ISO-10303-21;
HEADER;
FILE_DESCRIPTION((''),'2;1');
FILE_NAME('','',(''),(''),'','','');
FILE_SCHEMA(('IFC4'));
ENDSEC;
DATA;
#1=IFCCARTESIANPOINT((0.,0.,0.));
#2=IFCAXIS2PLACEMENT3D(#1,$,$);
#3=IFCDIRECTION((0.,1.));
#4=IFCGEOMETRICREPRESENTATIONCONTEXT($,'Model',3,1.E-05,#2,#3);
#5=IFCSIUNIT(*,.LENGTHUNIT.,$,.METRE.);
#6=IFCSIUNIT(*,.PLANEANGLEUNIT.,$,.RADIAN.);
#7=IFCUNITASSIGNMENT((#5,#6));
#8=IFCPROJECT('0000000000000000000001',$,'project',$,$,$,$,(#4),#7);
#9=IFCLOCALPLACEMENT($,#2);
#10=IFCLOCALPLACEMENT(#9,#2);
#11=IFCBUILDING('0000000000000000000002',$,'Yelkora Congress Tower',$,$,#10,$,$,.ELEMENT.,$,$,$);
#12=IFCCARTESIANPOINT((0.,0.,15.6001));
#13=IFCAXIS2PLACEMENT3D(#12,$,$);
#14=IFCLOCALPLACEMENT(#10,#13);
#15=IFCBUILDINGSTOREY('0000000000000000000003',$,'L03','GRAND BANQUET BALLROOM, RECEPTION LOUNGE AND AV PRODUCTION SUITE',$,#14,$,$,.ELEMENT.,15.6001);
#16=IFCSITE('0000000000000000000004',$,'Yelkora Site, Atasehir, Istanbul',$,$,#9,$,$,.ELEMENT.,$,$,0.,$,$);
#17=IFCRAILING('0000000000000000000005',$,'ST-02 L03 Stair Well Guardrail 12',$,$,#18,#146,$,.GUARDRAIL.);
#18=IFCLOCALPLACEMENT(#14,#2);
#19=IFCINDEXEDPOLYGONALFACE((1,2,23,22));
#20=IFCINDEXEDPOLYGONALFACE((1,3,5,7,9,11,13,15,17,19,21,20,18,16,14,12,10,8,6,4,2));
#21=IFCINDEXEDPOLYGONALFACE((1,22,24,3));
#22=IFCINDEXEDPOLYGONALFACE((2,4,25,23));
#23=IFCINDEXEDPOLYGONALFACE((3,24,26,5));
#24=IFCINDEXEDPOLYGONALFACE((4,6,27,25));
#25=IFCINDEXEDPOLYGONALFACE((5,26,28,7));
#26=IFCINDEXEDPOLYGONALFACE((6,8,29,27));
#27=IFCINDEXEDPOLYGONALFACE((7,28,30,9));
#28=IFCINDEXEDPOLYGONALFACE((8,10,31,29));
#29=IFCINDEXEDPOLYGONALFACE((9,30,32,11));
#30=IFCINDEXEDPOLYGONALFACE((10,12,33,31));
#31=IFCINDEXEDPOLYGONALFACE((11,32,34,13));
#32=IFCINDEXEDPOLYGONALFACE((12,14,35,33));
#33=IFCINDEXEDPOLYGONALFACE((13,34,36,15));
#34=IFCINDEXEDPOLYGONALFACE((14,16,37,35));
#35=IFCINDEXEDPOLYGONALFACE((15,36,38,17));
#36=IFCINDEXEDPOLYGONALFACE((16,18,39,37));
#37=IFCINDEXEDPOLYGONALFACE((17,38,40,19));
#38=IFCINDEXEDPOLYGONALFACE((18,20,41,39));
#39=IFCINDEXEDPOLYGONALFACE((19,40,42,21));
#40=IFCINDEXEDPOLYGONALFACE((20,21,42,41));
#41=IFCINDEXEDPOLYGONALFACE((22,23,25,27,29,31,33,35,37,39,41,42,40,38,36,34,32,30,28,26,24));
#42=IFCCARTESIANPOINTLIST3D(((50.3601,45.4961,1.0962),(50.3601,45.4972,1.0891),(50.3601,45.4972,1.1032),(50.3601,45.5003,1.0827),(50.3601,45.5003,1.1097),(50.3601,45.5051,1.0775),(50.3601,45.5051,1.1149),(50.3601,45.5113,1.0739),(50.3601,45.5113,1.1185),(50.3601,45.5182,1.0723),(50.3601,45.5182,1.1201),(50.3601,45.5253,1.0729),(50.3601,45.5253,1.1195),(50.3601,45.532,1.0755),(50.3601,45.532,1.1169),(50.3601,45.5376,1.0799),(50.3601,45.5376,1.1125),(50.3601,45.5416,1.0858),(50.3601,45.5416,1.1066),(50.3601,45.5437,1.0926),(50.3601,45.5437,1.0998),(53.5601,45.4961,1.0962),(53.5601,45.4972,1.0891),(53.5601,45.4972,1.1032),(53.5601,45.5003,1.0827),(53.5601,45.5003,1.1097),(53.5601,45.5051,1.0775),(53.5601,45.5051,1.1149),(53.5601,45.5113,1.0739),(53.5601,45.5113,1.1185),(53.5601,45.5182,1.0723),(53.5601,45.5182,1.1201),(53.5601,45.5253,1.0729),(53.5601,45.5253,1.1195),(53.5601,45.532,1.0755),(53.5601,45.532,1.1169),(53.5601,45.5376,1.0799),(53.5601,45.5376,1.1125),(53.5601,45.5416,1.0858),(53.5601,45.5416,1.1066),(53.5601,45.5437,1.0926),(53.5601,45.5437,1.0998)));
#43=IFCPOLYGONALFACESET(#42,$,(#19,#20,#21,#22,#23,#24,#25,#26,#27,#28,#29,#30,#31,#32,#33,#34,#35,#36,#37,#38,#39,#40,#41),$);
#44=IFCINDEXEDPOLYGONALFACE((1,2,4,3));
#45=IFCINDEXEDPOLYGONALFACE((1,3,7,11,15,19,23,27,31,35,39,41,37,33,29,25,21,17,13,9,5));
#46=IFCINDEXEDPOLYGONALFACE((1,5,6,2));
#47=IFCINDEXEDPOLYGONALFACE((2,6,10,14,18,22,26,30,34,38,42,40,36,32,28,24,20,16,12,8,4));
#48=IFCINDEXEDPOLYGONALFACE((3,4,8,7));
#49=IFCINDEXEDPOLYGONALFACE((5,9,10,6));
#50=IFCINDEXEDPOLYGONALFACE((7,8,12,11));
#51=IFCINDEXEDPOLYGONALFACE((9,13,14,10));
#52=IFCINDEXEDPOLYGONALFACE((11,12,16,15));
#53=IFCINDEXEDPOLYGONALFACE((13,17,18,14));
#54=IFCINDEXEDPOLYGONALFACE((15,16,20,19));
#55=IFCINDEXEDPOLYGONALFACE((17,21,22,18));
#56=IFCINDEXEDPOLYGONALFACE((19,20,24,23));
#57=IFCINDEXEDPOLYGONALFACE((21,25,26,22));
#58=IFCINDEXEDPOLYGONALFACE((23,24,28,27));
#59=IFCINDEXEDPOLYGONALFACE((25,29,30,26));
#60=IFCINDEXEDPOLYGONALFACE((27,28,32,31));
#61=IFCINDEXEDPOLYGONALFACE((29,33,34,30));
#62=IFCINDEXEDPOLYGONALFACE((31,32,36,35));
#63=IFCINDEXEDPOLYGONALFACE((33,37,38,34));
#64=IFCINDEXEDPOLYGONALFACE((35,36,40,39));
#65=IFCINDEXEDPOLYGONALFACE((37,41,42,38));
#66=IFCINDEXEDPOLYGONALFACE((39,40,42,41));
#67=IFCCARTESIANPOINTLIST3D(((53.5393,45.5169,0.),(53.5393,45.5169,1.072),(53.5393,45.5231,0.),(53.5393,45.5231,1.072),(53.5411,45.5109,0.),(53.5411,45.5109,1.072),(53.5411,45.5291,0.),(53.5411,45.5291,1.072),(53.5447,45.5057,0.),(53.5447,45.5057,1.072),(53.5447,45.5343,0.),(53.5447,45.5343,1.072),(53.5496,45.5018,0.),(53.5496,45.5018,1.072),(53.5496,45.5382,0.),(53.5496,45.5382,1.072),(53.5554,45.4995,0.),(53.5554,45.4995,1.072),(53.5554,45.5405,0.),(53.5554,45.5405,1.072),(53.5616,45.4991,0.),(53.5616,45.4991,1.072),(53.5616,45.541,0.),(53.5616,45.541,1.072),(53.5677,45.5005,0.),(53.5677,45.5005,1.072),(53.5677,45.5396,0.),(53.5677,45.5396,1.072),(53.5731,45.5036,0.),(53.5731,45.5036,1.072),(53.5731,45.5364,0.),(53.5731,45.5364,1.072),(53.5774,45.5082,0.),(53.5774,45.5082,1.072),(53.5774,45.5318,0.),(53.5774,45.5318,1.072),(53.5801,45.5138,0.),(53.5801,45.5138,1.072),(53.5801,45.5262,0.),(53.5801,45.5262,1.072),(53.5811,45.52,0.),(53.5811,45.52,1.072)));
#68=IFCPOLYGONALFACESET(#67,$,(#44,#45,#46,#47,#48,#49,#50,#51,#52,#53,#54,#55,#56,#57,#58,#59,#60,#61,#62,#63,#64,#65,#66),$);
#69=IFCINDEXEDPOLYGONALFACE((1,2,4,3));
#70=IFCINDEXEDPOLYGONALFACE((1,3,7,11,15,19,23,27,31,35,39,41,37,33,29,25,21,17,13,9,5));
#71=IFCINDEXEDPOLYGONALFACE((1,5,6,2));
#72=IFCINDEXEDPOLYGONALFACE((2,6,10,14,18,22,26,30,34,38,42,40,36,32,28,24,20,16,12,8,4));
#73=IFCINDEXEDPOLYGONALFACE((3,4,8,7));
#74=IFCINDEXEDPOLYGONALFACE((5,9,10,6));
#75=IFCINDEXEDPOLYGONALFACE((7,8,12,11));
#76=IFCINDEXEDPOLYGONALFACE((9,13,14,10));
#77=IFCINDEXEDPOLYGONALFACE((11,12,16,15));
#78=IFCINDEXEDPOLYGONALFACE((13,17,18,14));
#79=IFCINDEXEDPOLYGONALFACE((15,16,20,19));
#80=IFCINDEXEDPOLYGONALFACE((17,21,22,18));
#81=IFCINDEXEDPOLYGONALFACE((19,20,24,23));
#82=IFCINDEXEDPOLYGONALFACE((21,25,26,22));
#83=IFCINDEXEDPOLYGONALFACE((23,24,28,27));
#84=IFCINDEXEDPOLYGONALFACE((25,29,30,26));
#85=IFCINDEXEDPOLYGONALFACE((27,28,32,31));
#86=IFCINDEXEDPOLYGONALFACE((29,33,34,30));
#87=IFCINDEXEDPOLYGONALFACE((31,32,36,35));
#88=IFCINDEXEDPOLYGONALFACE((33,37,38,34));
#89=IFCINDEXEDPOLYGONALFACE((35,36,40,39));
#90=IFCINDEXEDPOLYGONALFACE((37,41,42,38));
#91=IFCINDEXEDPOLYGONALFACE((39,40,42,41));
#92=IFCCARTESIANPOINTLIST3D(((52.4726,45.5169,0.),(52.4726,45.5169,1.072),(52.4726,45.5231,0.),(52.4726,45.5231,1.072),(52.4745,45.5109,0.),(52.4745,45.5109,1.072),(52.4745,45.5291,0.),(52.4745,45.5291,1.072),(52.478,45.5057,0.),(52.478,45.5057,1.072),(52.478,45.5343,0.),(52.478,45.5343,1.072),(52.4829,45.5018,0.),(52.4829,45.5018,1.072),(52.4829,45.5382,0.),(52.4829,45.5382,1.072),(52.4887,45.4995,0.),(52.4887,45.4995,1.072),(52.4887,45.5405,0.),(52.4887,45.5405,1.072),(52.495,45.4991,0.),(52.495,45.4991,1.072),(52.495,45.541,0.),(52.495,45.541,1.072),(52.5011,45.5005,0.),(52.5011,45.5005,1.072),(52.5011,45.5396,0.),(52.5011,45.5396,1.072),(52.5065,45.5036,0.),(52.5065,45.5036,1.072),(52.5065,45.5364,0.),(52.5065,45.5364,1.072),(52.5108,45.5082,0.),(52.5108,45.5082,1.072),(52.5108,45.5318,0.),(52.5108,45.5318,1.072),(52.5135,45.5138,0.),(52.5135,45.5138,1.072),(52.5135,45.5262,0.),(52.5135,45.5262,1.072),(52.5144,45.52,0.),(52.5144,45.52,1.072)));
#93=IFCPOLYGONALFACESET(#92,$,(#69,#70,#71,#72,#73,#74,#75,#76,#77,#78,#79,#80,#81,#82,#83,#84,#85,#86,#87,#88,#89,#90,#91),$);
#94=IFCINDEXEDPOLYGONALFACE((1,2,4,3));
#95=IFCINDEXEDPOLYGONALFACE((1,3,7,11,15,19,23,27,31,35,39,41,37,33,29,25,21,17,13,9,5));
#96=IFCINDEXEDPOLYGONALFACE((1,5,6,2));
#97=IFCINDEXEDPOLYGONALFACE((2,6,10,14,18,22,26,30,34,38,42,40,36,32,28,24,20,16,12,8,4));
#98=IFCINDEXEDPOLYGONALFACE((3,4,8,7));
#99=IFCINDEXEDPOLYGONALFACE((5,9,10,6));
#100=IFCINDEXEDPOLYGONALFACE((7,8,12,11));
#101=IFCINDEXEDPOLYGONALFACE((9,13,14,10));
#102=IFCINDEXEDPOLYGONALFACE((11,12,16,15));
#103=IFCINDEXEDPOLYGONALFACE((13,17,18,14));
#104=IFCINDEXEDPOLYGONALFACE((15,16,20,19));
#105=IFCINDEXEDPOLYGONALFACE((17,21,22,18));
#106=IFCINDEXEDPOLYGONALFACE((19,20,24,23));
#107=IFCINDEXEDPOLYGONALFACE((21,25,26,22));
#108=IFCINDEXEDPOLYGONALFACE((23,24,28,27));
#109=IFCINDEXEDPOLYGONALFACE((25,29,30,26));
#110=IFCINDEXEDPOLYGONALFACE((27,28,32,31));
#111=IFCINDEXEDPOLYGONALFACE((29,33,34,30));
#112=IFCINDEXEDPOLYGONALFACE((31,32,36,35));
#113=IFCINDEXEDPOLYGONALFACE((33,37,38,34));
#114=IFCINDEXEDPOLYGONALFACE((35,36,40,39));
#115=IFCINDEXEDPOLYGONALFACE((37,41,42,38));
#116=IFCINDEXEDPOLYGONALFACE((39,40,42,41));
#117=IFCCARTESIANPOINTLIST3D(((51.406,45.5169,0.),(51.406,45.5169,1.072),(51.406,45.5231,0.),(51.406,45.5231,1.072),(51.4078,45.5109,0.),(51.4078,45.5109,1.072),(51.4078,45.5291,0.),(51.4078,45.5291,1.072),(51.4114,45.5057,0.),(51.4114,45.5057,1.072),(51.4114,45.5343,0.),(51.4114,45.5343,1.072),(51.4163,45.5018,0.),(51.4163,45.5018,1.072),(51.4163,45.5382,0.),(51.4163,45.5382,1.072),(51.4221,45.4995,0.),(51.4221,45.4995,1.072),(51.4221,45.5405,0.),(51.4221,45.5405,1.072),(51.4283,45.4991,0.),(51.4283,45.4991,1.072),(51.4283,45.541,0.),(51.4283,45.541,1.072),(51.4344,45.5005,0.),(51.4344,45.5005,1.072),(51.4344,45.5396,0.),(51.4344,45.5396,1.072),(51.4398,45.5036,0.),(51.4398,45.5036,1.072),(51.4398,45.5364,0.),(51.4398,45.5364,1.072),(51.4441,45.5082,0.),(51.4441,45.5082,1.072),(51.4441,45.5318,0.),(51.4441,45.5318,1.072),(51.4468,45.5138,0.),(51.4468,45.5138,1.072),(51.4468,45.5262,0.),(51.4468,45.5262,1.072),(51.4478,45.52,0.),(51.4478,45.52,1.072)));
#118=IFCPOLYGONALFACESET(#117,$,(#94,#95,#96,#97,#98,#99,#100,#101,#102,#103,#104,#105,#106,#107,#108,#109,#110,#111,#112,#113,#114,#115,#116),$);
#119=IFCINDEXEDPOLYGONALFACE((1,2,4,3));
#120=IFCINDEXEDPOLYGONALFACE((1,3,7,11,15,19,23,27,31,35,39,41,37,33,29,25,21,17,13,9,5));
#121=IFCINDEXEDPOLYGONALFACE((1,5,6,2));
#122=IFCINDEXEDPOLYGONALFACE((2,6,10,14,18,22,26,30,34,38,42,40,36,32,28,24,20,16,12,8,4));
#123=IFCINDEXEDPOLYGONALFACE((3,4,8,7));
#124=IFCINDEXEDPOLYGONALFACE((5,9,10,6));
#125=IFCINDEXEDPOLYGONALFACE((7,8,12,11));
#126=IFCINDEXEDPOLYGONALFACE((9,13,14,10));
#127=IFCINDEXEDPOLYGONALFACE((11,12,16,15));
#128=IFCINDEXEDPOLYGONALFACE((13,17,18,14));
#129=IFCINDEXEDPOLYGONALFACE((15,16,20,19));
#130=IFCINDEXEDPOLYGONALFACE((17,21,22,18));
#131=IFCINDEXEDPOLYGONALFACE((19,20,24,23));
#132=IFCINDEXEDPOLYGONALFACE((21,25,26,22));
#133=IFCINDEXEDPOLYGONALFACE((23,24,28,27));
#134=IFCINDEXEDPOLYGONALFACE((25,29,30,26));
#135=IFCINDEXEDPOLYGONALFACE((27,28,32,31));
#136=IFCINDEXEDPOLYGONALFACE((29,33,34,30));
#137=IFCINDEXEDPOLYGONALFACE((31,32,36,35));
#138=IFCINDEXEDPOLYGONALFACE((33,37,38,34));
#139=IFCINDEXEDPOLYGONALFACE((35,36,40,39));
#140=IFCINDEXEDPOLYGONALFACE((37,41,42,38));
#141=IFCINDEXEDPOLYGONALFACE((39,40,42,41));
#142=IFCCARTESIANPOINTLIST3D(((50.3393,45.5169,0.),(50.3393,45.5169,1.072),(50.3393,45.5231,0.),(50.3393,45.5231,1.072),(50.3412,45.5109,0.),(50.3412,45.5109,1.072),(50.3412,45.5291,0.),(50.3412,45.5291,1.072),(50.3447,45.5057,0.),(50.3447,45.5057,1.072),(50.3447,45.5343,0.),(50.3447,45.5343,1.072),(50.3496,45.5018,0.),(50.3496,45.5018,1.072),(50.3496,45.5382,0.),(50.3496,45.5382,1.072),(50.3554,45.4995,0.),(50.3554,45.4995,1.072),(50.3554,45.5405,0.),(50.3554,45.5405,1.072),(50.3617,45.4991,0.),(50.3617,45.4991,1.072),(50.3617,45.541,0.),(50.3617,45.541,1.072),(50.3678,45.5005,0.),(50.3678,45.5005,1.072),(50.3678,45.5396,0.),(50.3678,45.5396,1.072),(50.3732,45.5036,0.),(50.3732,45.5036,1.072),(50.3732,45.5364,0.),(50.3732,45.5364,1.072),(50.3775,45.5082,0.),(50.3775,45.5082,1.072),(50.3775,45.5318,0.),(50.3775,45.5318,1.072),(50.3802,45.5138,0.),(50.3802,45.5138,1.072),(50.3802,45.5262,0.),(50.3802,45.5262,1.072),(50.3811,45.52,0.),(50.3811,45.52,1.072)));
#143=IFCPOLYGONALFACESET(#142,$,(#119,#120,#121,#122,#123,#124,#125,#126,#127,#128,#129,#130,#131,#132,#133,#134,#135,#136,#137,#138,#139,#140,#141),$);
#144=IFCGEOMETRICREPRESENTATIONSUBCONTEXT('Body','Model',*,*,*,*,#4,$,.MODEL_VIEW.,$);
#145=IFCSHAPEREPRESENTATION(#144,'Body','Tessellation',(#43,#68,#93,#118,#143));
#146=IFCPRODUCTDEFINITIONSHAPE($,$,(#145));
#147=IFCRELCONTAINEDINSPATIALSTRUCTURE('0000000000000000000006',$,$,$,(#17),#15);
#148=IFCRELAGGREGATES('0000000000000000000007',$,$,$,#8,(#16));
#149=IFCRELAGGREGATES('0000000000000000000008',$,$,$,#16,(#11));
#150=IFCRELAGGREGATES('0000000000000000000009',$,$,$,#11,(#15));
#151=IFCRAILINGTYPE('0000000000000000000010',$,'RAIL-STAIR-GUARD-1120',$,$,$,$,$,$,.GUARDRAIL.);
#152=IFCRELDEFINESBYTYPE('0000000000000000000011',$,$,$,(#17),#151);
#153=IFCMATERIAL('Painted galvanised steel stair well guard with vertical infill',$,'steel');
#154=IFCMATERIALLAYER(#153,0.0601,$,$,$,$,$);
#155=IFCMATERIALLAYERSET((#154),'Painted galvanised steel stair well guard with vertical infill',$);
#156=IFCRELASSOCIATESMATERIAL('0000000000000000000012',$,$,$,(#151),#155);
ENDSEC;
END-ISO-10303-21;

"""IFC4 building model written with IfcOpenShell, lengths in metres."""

from ifc_helpers import new_model, si_unit, direction, frame, origin, origin_2d, place, context, subcontext, project, spatial, circle, extrude, material, layer, layer_set, type_object, element, save


model = new_model("IFC4")

# Units and contexts
model_context = context("Model", 3, precision=1e-05, world=origin(), true_north=direction((0.0, 1.0)))
body_context = subcontext(model_context, "Body", "Model", "MODEL_VIEW")
ifc_project = project(units=[si_unit("LENGTHUNIT", "METRE"), si_unit("PLANEANGLEUNIT", "RADIAN")], contexts=[model_context])

# Site, building, storey
site_placement = place(None, origin())
site = spatial("IfcSite", under=ifc_project, at=site_placement, Name="Yelkora Site, Atasehir, Istanbul", CompositionType="ELEMENT", RefElevation=0.0)
building_placement = place(site_placement, origin())
building = spatial("IfcBuilding", under=site, at=building_placement, Name="Yelkora Congress Tower", CompositionType="ELEMENT")
storey_placement = place(building_placement, frame((0.0, 0.0, 15.6001)))
storey = spatial("IfcBuildingStorey", under=building, at=storey_placement, Name="L03", Description="GRAND BANQUET BALLROOM, RECEPTION LOUNGE AND AV PRODUCTION SUITE", CompositionType="ELEMENT", Elevation=15.6001)

# Railing
ifc_material_1 = material(Name="Painted galvanised steel stair well guard with vertical infill", Category="steel")
ifc_layer_1 = layer(ifc_material_1, 0.0601)
ifc_layer_set_1 = layer_set([ifc_layer_1], Name="Painted galvanised steel stair well guard with vertical infill")
railing_type_1 = type_object("IfcRailingType", Name="RAIL-STAIR-GUARD-1120", PredefinedType="GUARDRAIL", material=ifc_layer_set_1)
railing_1_placement = place(storey_placement, frame((53.5601, 45.52, 0.0)))
element("IfcRailing", 1, at=railing_1_placement, inside=storey, type_object=railing_type_1, Name="ST-02 L03 Stair Well Guardrail 12", PredefinedType="GUARDRAIL", context=body_context, shape_type="SweptSolid", body=[
    extrude(circle(Radius=0.0239, at=origin_2d()), frame((0.0, 0.0, 1.0962), z_axis=(-1.0, 0.0, 0.0), x_axis=(0.0, -1.0, 0.0)), (0.0, 0.0, 1.0), 3.2),
    extrude(circle(Radius=0.021, at=origin_2d()), origin(), (0.0, 0.0, 1.0), 1.072),
    extrude(circle(Radius=0.021, at=origin_2d()), frame((-1.0667, 0.0, 0.0)), (0.0, 0.0, 1.0), 1.072),
    extrude(circle(Radius=0.021, at=origin_2d()), frame((-2.1333, 0.0, 0.0)), (0.0, 0.0, 1.0), 1.072),
    extrude(circle(Radius=0.021, at=origin_2d()), frame((-3.2, 0.0, 0.0)), (0.0, 0.0, 1.0), 1.072),
])

save(model, "model.ifc")
